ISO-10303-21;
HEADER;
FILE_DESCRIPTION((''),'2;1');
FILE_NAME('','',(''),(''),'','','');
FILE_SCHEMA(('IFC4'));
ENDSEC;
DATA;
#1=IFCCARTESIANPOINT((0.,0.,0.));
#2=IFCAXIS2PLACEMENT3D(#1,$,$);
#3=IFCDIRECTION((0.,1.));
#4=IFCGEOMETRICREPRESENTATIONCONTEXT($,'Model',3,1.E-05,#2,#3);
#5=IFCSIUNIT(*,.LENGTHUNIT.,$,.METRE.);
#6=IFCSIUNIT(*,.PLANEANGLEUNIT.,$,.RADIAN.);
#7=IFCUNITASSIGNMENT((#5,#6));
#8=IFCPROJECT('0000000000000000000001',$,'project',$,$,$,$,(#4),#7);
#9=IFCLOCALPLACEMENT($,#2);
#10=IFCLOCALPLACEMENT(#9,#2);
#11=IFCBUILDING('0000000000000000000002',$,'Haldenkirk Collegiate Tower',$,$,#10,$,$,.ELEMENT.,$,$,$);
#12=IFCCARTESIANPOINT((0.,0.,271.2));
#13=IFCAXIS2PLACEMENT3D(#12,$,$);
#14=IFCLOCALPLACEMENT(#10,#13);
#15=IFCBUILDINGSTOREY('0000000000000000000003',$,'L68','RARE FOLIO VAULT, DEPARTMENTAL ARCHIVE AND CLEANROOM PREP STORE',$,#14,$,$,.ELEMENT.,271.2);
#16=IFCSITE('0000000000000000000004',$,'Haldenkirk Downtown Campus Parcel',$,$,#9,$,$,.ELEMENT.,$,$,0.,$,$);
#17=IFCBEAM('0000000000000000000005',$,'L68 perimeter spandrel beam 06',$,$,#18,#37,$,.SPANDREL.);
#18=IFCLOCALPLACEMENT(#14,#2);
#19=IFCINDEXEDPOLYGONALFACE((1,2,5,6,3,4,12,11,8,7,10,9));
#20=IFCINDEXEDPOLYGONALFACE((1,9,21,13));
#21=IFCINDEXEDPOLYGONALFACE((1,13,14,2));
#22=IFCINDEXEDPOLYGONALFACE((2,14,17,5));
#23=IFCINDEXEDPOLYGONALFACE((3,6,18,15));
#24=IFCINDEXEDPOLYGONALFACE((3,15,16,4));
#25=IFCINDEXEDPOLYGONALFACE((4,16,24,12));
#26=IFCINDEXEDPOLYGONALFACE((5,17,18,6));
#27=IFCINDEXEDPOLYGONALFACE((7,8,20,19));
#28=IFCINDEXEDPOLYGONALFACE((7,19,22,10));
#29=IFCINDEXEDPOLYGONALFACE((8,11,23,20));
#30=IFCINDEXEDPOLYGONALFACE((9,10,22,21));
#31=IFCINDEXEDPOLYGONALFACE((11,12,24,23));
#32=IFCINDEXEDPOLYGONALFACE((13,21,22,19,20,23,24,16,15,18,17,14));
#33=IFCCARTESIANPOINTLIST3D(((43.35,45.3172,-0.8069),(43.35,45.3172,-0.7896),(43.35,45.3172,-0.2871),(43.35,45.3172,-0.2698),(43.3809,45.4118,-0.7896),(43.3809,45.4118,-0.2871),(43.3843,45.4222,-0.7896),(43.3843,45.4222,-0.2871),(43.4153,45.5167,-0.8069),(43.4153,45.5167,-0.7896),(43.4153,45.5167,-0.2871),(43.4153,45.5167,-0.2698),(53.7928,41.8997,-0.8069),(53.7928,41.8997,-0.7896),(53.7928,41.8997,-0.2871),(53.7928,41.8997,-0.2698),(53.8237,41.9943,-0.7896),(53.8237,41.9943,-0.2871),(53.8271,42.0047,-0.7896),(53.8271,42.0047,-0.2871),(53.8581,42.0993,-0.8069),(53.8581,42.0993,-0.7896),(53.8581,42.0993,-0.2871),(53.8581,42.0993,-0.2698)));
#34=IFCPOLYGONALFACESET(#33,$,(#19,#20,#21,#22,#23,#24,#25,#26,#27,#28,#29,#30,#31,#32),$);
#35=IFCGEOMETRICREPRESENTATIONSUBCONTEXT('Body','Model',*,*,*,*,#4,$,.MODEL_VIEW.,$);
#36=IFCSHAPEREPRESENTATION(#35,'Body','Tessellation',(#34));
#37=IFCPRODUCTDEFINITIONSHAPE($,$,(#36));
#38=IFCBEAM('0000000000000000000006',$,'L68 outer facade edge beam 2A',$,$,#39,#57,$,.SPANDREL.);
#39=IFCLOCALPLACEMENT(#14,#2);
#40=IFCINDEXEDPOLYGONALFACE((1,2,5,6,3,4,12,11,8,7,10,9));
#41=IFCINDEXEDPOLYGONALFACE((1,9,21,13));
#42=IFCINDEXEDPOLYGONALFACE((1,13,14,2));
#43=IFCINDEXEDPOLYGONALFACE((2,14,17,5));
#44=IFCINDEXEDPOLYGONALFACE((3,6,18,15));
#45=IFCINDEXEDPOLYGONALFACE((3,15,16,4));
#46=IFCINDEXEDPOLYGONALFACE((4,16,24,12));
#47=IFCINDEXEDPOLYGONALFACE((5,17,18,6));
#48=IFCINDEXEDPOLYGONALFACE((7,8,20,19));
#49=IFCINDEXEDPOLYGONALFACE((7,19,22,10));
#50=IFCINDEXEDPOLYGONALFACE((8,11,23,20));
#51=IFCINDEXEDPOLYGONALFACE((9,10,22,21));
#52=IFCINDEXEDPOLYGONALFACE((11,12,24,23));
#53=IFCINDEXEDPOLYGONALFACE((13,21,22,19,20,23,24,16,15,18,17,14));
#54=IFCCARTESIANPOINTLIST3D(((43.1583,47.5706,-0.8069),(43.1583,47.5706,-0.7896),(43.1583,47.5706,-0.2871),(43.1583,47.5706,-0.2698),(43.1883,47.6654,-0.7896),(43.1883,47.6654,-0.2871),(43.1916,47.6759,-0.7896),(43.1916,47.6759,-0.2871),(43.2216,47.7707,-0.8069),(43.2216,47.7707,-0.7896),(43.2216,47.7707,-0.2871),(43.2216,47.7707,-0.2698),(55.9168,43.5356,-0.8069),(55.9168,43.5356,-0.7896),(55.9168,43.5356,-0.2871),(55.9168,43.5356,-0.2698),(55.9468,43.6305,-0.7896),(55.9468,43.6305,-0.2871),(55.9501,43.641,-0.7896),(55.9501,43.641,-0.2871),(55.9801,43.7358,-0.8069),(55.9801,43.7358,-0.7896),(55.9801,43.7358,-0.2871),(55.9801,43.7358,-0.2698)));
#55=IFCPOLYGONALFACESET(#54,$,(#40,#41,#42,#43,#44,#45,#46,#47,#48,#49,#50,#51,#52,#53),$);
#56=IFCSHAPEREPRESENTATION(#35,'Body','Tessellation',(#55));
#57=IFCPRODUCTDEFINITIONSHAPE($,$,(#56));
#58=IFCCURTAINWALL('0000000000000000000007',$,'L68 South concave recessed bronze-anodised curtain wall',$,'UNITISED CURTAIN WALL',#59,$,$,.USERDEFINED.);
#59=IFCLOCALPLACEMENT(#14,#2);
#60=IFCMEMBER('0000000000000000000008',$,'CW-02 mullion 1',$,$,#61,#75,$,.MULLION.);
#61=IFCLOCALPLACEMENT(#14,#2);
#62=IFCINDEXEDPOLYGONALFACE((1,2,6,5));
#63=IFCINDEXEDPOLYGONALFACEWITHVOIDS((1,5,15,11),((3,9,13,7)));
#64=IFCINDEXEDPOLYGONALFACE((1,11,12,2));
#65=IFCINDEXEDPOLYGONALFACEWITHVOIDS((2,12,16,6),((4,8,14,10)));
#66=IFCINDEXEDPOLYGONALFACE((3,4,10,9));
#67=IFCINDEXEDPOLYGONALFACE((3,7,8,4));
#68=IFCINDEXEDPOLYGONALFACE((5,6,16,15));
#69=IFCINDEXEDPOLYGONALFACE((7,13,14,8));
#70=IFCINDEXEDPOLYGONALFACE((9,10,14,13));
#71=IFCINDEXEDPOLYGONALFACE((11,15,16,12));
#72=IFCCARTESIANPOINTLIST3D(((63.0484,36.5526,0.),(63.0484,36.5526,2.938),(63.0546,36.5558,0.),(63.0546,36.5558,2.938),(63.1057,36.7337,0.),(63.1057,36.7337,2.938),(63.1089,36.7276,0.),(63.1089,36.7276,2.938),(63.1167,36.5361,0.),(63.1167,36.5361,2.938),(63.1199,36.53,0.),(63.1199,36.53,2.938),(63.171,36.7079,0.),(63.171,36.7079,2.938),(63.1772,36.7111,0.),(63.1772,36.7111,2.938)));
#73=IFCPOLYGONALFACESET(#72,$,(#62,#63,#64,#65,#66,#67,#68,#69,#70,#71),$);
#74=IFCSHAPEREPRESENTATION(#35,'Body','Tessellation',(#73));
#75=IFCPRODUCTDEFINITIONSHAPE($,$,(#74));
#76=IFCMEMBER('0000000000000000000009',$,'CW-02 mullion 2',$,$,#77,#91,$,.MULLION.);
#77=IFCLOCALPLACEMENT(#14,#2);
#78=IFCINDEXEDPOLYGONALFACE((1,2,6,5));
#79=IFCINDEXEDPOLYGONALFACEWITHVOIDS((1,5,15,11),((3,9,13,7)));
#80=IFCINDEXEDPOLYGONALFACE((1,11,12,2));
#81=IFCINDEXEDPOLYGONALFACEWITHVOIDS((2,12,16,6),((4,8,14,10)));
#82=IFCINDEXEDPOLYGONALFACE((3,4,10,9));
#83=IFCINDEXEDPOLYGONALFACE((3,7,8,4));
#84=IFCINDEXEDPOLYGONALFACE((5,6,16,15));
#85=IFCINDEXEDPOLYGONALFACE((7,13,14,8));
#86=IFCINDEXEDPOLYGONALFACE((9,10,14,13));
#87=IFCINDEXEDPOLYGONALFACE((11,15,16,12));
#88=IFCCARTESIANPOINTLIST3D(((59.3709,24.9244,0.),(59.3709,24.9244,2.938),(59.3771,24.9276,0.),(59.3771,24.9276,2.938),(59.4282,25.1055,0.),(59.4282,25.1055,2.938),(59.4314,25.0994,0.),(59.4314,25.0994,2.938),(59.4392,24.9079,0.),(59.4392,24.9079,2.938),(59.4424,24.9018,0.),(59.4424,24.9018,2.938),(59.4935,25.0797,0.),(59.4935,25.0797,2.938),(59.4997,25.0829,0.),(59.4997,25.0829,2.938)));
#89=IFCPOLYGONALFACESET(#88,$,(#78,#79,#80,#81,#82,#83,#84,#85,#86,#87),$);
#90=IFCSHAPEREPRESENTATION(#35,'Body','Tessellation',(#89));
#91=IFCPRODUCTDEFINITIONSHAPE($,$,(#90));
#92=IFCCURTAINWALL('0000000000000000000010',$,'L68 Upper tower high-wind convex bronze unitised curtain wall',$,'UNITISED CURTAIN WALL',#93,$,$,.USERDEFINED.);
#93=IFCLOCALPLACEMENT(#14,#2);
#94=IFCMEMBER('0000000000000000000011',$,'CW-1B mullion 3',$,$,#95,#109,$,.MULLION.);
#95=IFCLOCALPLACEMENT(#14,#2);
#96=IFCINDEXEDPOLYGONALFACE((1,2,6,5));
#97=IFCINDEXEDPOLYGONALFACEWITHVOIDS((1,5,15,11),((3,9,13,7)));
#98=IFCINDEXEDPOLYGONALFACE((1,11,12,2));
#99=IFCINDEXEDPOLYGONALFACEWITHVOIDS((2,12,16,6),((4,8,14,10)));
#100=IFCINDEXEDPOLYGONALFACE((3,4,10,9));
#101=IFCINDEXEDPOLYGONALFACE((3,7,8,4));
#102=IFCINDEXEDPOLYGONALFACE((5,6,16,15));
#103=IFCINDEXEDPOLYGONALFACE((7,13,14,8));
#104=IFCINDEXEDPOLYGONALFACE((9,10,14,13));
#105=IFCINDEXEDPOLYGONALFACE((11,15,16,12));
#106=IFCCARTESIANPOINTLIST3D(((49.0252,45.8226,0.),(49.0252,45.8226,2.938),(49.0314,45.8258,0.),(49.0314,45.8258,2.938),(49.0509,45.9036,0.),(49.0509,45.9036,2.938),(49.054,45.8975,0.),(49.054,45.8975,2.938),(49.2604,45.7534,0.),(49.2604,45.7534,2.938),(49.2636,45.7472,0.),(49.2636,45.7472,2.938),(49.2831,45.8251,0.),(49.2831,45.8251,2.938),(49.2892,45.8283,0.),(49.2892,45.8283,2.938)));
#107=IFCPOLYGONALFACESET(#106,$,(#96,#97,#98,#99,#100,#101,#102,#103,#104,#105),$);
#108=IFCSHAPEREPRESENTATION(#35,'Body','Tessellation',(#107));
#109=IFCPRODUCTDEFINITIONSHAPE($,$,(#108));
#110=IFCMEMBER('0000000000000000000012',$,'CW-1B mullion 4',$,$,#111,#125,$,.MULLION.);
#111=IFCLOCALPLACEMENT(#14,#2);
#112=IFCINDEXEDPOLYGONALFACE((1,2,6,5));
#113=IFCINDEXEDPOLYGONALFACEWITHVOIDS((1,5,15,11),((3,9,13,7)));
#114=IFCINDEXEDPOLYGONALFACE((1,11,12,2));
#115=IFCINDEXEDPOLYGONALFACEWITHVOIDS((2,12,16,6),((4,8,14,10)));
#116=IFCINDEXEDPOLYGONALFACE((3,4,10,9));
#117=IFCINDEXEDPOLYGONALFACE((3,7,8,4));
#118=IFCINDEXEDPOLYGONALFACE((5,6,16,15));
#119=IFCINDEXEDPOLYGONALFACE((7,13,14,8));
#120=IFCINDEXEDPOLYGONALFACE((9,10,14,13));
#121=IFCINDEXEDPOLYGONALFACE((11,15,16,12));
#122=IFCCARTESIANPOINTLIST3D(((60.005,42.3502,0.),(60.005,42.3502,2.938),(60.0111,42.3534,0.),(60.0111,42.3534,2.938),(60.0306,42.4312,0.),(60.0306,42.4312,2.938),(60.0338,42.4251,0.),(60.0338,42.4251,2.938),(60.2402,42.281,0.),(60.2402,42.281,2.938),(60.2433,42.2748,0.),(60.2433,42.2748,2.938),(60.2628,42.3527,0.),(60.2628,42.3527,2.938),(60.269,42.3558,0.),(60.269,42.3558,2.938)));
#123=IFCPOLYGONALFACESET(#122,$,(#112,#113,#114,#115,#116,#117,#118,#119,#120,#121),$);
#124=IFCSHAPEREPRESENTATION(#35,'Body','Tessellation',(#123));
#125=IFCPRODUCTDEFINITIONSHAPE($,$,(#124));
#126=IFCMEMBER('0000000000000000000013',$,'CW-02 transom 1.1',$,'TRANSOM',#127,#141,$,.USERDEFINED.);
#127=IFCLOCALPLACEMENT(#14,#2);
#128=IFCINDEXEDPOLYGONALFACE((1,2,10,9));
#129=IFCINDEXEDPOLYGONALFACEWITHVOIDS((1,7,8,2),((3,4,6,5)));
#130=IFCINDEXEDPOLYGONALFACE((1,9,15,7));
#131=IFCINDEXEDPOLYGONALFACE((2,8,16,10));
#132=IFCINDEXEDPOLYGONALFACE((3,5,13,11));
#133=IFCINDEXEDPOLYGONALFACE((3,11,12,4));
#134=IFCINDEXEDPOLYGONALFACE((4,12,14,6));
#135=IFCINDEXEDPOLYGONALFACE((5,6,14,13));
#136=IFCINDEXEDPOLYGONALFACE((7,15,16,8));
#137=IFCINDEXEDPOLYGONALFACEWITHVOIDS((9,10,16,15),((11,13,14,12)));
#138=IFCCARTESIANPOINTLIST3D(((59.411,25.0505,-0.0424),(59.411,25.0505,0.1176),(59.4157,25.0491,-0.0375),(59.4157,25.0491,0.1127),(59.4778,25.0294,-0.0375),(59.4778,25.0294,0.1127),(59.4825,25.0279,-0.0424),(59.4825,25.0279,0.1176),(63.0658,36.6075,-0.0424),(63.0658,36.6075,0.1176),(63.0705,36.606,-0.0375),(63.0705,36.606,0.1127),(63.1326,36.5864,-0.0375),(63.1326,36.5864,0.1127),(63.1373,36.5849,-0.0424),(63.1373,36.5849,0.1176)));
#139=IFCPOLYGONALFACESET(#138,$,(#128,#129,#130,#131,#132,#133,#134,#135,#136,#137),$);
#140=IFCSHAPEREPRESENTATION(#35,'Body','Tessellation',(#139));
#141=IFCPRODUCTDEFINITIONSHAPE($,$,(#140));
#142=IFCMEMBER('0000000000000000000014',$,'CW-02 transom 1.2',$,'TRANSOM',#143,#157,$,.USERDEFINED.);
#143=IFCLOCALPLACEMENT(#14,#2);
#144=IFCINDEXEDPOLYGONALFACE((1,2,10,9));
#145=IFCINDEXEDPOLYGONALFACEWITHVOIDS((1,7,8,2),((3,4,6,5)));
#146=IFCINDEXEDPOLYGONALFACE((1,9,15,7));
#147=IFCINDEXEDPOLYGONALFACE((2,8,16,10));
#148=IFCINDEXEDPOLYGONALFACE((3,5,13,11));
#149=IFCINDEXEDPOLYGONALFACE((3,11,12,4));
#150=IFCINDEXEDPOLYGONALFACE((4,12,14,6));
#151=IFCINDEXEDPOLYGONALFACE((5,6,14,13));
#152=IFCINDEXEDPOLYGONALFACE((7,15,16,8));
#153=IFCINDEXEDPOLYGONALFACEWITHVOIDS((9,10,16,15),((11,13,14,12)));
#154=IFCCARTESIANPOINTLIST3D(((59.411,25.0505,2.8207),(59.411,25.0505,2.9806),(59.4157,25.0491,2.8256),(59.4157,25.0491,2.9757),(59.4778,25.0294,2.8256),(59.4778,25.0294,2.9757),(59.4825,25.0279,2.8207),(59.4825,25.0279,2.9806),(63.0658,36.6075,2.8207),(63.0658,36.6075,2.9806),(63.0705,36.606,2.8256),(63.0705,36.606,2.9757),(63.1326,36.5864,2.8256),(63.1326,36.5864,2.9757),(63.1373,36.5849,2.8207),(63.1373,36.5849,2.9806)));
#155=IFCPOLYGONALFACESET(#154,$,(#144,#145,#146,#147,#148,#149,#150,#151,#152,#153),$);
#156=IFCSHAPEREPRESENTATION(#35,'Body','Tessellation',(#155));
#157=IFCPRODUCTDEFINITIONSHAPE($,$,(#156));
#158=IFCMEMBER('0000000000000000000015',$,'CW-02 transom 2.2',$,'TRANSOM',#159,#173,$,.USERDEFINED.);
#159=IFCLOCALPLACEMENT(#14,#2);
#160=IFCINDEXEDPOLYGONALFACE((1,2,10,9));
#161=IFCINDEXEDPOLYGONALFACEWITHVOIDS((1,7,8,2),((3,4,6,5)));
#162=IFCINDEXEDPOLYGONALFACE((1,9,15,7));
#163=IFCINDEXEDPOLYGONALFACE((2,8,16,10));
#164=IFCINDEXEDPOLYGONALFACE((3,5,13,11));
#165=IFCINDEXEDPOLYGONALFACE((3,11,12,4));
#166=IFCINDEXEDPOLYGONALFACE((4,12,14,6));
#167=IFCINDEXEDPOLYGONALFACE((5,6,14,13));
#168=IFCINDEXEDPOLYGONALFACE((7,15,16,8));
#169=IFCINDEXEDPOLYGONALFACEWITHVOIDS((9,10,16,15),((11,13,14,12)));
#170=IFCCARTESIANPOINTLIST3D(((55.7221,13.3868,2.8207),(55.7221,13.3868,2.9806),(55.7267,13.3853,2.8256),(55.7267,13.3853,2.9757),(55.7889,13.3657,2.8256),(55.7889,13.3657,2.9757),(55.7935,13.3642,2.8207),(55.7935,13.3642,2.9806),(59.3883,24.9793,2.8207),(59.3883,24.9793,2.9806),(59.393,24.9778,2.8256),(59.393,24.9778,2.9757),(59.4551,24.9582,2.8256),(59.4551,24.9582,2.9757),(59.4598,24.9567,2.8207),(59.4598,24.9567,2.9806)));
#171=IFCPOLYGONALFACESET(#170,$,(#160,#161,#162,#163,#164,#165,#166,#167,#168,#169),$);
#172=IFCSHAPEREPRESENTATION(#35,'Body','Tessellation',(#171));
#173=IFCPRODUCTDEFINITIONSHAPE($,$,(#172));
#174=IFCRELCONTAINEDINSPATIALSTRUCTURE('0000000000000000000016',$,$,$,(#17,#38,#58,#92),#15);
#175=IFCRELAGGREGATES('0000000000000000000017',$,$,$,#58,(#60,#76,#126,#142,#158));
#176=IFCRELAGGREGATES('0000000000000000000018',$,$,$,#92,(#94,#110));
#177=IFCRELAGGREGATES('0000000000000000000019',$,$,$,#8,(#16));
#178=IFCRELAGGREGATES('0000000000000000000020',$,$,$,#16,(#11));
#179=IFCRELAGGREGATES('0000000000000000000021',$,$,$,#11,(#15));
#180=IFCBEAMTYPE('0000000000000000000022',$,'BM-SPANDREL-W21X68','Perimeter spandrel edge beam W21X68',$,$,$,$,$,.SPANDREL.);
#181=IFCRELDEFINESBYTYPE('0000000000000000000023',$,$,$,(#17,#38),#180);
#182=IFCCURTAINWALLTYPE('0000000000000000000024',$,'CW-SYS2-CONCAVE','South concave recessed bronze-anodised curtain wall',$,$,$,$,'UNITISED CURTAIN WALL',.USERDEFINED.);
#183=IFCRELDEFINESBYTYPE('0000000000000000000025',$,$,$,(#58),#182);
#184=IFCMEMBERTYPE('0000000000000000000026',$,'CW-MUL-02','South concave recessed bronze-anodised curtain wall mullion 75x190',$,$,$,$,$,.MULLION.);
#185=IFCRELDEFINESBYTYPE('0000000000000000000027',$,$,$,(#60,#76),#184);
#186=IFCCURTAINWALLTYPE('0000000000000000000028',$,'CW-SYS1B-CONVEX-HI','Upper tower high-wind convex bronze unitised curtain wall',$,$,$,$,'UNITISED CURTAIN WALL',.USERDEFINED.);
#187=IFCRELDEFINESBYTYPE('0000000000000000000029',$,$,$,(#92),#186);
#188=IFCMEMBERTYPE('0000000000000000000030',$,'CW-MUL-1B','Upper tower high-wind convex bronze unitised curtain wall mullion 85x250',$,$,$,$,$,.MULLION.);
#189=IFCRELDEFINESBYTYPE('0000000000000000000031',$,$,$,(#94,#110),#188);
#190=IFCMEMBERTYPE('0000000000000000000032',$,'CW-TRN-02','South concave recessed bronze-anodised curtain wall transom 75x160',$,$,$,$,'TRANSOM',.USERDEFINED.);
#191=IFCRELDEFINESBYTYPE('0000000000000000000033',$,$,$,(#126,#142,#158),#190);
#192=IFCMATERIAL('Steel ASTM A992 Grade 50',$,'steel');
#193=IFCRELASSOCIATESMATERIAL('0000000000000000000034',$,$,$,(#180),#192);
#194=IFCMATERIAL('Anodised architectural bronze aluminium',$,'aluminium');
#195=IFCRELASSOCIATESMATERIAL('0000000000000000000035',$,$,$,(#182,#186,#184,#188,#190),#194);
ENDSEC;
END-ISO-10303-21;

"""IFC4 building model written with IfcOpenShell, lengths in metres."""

from ifc_helpers import new_model, si_unit, direction, frame, origin, origin_2d, place, context, subcontext, project, spatial, hollow_rectangle, i_section, extrude, material, material_profile, profile_set, type_object, element, aggregate, save


model = new_model("IFC4")

# Units and contexts
model_context = context("Model", 3, precision=1e-05, world=origin(), true_north=direction((0.0, 1.0)))
body_context = subcontext(model_context, "Body", "Model", "MODEL_VIEW")
ifc_project = project(units=[si_unit("LENGTHUNIT", "METRE"), si_unit("PLANEANGLEUNIT", "RADIAN")], contexts=[model_context])

# Site, building, storey
site_placement = place(None, origin())
site = spatial("IfcSite", under=ifc_project, at=site_placement, Name="Haldenkirk Downtown Campus Parcel", CompositionType="ELEMENT", RefElevation=0.0)
building_placement = place(site_placement, origin())
building = spatial("IfcBuilding", under=site, at=building_placement, Name="Haldenkirk Collegiate Tower", CompositionType="ELEMENT")
storey_placement = place(building_placement, frame((0.0, 0.0, 271.2)))
storey = spatial("IfcBuildingStorey", under=building, at=storey_placement, Name="L68", Description="RARE FOLIO VAULT, DEPARTMENTAL ARCHIVE AND CLEANROOM PREP STORE", CompositionType="ELEMENT", Elevation=271.2)

# Beams
ifc_material_1 = material(Name="Steel ASTM A992 Grade 50", Category="steel")
ifc_material_profile_1 = material_profile(ifc_material_1, i_section(OverallWidth=0.21, OverallDepth=0.5371, WebThickness=0.011, FlangeThickness=0.0173, at=origin_2d()), Name="W21X68")
ifc_profile_set_1 = profile_set([ifc_material_profile_1], Name="Steel ASTM A992 Grade 50")
beam_type_1 = type_object("IfcBeamType", Name="BM-SPANDREL-W21X68", Description="Perimeter spandrel edge beam W21X68", PredefinedType="SPANDREL", material=ifc_profile_set_1)
beam_1_placement = place(storey_placement, frame((53.8254, 41.9995, -0.5383), z_axis=(-0.950402, 0.311024, 0.0), x_axis=(-0.311024, -0.950402, 0.0)))
element("IfcBeam", 1, at=beam_1_placement, inside=storey, type_object=beam_type_1, Name="L68 perimeter spandrel beam 06", PredefinedType="SPANDREL", context=body_context, shape_type="SweptSolid", body=[
    extrude(i_section(OverallWidth=0.21, OverallDepth=0.5371, WebThickness=0.011, FlangeThickness=0.0173, at=origin_2d()), origin(), (0.0, 0.0, 1.0), 10.9878),
])
beam_2_placement = place(storey_placement, frame((55.9485, 43.6357, -0.5383), z_axis=(-0.953456, 0.301532, 0.0), x_axis=(-0.301532, -0.953456, 0.0)))
element("IfcBeam", 2, at=beam_2_placement, inside=storey, type_object=beam_type_1, Name="L68 outer facade edge beam 2A", PredefinedType="SPANDREL", context=body_context, shape_type="SweptSolid", body=[
    extrude(i_section(OverallWidth=0.21, OverallDepth=0.5371, WebThickness=0.011, FlangeThickness=0.0173, at=origin_2d()), origin(), (0.0, 0.0, 1.0), 13.3813),
])

# Curtain walls, members
ifc_material_2 = material(Name="Anodised architectural bronze aluminium", Category="aluminium")
curtain_wall_type_1 = type_object("IfcCurtainWallType", Name="CW-SYS2-CONCAVE", Description="South concave recessed bronze-anodised curtain wall", ElementType="UNITISED CURTAIN WALL", PredefinedType="USERDEFINED", material=ifc_material_2)
curtain_wall_1_placement = place(storey_placement, origin())
curtain_wall_1 = element("IfcCurtainWall", 3, at=curtain_wall_1_placement, inside=storey, type_object=curtain_wall_type_1, Name="L68 South concave recessed bronze-anodised curtain wall", ObjectType="UNITISED CURTAIN WALL", PredefinedType="USERDEFINED")
ifc_material_profile_2 = material_profile(ifc_material_2, hollow_rectangle(XDim=0.075, YDim=0.1899, WallThickness=0.0049, at=origin_2d()), Name="CW-MUL-02")
ifc_profile_set_2 = profile_set([ifc_material_profile_2], Name="Anodised architectural bronze aluminium")
member_type_1 = type_object("IfcMemberType", Name="CW-MUL-02", Description="South concave recessed bronze-anodised curtain wall mullion 75x190", PredefinedType="MULLION", material=ifc_profile_set_2)
member_1_placement = place(storey_placement, frame((63.1128, 36.6318, 0.0), z_axis=(0.0, 0.0, 1.0), x_axis=(0.953455, -0.301537, 0.0)))
member_1 = element("IfcMember", 4, at=member_1_placement, type_object=member_type_1, Name="CW-02 mullion 1", PredefinedType="MULLION", context=body_context, shape_type="SweptSolid", body=[
    extrude(hollow_rectangle(XDim=0.075, YDim=0.1899, WallThickness=0.0049, at=origin_2d()), origin(), (0.0, 0.0, 1.0), 2.938),
])
member_2_placement = place(storey_placement, frame((59.4353, 25.0037, 0.0), z_axis=(0.0, 0.0, 1.0), x_axis=(0.953455, -0.301537, 0.0)))
member_2 = element("IfcMember", 5, at=member_2_placement, type_object=member_type_1, Name="CW-02 mullion 2", PredefinedType="MULLION", context=body_context, shape_type="SweptSolid", body=[
    extrude(hollow_rectangle(XDim=0.075, YDim=0.1899, WallThickness=0.0049, at=origin_2d()), origin(), (0.0, 0.0, 1.0), 2.938),
])
curtain_wall_type_2 = type_object("IfcCurtainWallType", Name="CW-SYS1B-CONVEX-HI", Description="Upper tower high-wind convex bronze unitised curtain wall", ElementType="UNITISED CURTAIN WALL", PredefinedType="USERDEFINED", material=ifc_material_2)
curtain_wall_2_placement = place(storey_placement, origin())
curtain_wall_2 = element("IfcCurtainWall", 6, at=curtain_wall_2_placement, inside=storey, type_object=curtain_wall_type_2, Name="L68 Upper tower high-wind convex bronze unitised curtain wall", ObjectType="UNITISED CURTAIN WALL", PredefinedType="USERDEFINED")
ifc_material_profile_3 = material_profile(ifc_material_2, hollow_rectangle(XDim=0.085, YDim=0.25, WallThickness=0.0049, at=origin_2d()), Name="CW-MUL-1B")
ifc_profile_set_3 = profile_set([ifc_material_profile_3], Name="Anodised architectural bronze aluminium")
member_type_2 = type_object("IfcMemberType", Name="CW-MUL-1B", Description="Upper tower high-wind convex bronze unitised curtain wall mullion 85x250", PredefinedType="MULLION", material=ifc_profile_set_3)
member_3_placement = place(storey_placement, frame((49.1572, 45.8254, 0.0), z_axis=(0.0, 0.0, 1.0), x_axis=(0.301537, 0.953454, 0.0)))
member_3 = element("IfcMember", 7, at=member_3_placement, type_object=member_type_2, Name="CW-1B mullion 3", PredefinedType="MULLION", context=body_context, shape_type="SweptSolid", body=[
    extrude(hollow_rectangle(XDim=0.085, YDim=0.25, WallThickness=0.0049, at=origin_2d()), origin(), (0.0, 0.0, 1.0), 2.938),
])
member_4_placement = place(storey_placement, frame((60.137, 42.353, 0.0), z_axis=(0.0, 0.0, 1.0), x_axis=(0.301537, 0.953454, 0.0)))
member_4 = element("IfcMember", 8, at=member_4_placement, type_object=member_type_2, Name="CW-1B mullion 4", PredefinedType="MULLION", context=body_context, shape_type="SweptSolid", body=[
    extrude(hollow_rectangle(XDim=0.085, YDim=0.25, WallThickness=0.0049, at=origin_2d()), origin(), (0.0, 0.0, 1.0), 2.938),
])

# Members
ifc_material_profile_4 = material_profile(ifc_material_2, hollow_rectangle(XDim=0.075, YDim=0.1599, WallThickness=0.0049, at=origin_2d()), Name="CW-TRN-02")
ifc_profile_set_4 = profile_set([ifc_material_profile_4], Name="Anodised architectural bronze aluminium")
member_type_3 = type_object("IfcMemberType", Name="CW-TRN-02", Description="South concave recessed bronze-anodised curtain wall transom 75x160", ElementType="TRANSOM", PredefinedType="USERDEFINED", material=ifc_profile_set_4)
member_5_placement = place(storey_placement, frame((63.1016, 36.5962, 0.0376), z_axis=(-0.301525, -0.953458, 0.0), x_axis=(0.953458, -0.301525, 0.0)))
member_5 = element("IfcMember", 9, at=member_5_placement, type_object=member_type_3, Name="CW-02 transom 1.1", ObjectType="TRANSOM", PredefinedType="USERDEFINED", context=body_context, shape_type="SweptSolid", body=[
    extrude(hollow_rectangle(XDim=0.075, YDim=0.1599, WallThickness=0.0049, at=origin_2d()), origin(), (0.0, 0.0, 1.0), 12.1211),
])
member_6_placement = place(storey_placement, frame((63.1016, 36.5962, 2.9006), z_axis=(-0.301525, -0.953458, 0.0), x_axis=(0.953458, -0.301525, 0.0)))
member_6 = element("IfcMember", 10, at=member_6_placement, type_object=member_type_3, Name="CW-02 transom 1.2", ObjectType="TRANSOM", PredefinedType="USERDEFINED", context=body_context, shape_type="SweptSolid", body=[
    extrude(hollow_rectangle(XDim=0.075, YDim=0.1599, WallThickness=0.0049, at=origin_2d()), origin(), (0.0, 0.0, 1.0), 12.1211),
])
member_7_placement = place(storey_placement, frame((59.4241, 24.968, 2.9006), z_axis=(-0.30154, -0.953454, 0.0), x_axis=(0.953454, -0.30154, 0.0)))
member_7 = element("IfcMember", 11, at=member_7_placement, type_object=member_type_3, Name="CW-02 transom 2.2", ObjectType="TRANSOM", PredefinedType="USERDEFINED", context=body_context, shape_type="SweptSolid", body=[
    extrude(hollow_rectangle(XDim=0.075, YDim=0.1599, WallThickness=0.0049, at=origin_2d()), origin(), (0.0, 0.0, 1.0), 12.1584),
])

aggregate(curtain_wall_1, [member_1, member_2, member_5, member_6, member_7])
aggregate(curtain_wall_2, [member_3, member_4])

save(model, "model.ifc")
